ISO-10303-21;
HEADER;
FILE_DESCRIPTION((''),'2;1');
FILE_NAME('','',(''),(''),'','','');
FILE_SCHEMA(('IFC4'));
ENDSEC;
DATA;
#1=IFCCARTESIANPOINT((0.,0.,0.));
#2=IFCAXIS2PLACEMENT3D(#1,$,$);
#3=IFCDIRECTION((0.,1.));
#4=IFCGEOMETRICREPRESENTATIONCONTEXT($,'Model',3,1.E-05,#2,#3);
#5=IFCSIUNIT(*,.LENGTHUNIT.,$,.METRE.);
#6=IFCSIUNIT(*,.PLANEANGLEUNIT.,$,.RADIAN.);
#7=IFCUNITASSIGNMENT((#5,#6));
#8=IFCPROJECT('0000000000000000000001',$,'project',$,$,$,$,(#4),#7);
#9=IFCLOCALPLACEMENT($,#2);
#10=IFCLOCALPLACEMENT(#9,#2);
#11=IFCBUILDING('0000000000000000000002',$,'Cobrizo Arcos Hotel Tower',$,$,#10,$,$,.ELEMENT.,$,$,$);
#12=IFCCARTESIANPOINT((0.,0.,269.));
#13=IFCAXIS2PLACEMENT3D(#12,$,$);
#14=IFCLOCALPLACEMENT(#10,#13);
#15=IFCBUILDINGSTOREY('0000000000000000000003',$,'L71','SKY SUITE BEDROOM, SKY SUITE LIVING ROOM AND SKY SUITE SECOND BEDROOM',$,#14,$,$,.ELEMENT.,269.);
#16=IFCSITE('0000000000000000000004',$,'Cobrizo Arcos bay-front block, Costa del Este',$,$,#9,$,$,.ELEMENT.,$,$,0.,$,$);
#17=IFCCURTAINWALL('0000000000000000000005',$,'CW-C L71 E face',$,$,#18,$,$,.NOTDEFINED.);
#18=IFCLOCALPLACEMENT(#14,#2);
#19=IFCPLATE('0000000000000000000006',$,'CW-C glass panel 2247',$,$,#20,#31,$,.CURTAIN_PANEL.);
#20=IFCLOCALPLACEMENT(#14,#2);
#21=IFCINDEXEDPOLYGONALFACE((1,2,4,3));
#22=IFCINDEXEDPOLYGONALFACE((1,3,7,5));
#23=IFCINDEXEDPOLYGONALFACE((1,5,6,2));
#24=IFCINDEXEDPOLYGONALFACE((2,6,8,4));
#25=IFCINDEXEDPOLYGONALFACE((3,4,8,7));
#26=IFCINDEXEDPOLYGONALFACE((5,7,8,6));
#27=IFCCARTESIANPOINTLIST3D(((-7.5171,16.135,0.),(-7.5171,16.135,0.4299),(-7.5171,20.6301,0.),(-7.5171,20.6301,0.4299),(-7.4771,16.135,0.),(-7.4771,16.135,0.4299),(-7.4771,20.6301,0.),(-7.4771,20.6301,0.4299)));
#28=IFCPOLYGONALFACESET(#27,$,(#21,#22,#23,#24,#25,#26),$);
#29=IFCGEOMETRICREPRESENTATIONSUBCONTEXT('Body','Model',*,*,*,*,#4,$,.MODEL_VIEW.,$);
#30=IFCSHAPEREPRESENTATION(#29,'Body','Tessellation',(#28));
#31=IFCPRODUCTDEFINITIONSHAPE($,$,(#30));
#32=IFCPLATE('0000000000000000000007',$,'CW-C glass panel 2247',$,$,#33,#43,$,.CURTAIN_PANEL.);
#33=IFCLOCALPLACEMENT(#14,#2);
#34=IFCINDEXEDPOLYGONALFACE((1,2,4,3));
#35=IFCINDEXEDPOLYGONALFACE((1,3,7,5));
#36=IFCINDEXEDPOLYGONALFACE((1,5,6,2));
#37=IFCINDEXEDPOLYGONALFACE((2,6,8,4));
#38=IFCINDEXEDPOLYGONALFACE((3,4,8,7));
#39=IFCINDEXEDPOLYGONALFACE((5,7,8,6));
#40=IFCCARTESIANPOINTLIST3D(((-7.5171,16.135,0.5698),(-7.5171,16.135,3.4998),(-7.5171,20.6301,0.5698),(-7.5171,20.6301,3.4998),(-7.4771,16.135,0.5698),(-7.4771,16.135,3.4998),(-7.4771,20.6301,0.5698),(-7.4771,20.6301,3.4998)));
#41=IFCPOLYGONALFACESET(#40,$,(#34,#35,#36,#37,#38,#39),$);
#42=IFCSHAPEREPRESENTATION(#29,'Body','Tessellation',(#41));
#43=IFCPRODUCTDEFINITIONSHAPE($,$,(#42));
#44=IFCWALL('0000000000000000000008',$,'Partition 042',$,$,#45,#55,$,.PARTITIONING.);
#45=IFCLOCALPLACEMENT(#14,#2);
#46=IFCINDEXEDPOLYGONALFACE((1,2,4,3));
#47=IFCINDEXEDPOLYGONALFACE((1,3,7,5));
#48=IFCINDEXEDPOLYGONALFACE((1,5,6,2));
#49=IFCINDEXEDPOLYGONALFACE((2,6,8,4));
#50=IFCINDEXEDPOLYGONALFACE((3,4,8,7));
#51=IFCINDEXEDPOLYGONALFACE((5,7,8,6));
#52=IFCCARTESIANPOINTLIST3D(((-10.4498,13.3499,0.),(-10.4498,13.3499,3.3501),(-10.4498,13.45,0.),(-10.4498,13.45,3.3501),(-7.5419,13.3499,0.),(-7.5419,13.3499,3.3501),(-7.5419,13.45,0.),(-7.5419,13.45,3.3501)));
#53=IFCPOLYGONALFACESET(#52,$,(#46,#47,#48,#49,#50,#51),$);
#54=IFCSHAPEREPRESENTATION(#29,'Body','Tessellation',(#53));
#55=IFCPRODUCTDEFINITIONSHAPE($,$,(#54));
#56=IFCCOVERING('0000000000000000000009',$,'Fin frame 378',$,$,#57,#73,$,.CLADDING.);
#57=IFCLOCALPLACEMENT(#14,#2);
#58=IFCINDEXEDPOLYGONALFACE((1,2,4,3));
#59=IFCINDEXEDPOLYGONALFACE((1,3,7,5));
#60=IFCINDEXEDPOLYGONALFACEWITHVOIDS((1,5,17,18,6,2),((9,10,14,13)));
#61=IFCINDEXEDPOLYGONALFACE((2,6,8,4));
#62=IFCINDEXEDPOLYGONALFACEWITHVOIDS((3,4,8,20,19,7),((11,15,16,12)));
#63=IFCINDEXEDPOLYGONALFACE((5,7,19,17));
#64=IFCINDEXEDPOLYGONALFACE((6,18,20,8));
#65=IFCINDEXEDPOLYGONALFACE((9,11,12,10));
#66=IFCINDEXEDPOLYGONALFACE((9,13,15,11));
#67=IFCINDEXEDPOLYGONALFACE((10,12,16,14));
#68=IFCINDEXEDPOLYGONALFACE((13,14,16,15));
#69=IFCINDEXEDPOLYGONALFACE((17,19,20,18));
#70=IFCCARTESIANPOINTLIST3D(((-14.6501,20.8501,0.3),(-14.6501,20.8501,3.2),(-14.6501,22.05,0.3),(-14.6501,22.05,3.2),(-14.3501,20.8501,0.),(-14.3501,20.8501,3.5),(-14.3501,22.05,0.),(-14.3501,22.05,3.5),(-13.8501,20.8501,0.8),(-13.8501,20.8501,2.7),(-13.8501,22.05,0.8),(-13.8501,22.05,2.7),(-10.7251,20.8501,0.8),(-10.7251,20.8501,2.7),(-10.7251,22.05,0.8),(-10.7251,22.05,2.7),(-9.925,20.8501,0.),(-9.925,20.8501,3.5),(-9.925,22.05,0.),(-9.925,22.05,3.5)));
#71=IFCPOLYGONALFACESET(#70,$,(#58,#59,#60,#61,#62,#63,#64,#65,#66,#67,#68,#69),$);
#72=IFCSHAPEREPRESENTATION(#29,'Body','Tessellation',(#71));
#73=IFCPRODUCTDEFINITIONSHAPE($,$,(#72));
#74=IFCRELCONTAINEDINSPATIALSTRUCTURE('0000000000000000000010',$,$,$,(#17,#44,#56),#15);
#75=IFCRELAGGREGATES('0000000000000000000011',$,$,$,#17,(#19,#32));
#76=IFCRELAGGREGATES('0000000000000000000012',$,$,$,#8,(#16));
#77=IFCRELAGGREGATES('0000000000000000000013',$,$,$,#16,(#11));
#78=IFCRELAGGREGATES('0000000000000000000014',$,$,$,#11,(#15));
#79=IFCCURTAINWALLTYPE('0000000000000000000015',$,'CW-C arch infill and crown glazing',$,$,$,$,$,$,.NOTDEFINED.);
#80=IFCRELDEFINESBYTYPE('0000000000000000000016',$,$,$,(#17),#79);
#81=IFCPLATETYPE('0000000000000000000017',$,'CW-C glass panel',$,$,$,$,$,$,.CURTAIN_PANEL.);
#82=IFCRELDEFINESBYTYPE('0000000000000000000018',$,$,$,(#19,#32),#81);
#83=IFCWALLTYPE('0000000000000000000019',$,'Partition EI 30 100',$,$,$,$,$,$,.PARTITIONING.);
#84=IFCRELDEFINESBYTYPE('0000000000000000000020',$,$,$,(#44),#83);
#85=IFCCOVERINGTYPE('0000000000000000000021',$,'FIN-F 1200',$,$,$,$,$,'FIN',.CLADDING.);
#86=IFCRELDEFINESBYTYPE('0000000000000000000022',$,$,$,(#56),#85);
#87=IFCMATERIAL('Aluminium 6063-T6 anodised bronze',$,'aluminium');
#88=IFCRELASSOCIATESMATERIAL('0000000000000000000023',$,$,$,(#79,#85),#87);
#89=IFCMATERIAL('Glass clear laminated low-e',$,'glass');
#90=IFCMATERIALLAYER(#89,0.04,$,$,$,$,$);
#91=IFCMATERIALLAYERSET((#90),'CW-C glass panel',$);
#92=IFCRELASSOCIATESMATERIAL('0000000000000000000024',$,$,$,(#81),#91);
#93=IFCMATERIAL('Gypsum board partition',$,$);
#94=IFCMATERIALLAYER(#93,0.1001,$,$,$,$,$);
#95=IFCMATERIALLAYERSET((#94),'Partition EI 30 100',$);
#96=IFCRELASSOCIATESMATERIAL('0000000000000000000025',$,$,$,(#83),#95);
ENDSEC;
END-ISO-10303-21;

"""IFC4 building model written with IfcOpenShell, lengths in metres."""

from ifc_helpers import new_model, si_unit, direction, frame, frame_2d, origin, origin_2d, place, context, subcontext, project, spatial, polyline, rectangle, outline, extrude, material, layer, layer_set, type_object, element, aggregate, save


model = new_model("IFC4")

# Units and contexts
model_context = context("Model", 3, precision=1e-05, world=origin(), true_north=direction((0.0, 1.0)))
body_context = subcontext(model_context, "Body", "Model", "MODEL_VIEW")
ifc_project = project(units=[si_unit("LENGTHUNIT", "METRE"), si_unit("PLANEANGLEUNIT", "RADIAN")], contexts=[model_context])

# Site, building, storey
site_placement = place(None, origin())
site = spatial("IfcSite", under=ifc_project, at=site_placement, Name="Cobrizo Arcos bay-front block, Costa del Este", CompositionType="ELEMENT", RefElevation=0.0)
building_placement = place(site_placement, origin())
building = spatial("IfcBuilding", under=site, at=building_placement, Name="Cobrizo Arcos Hotel Tower", CompositionType="ELEMENT")
storey_placement = place(building_placement, frame((0.0, 0.0, 269.0)))
storey = spatial("IfcBuildingStorey", under=building, at=storey_placement, Name="L71", Description="SKY SUITE BEDROOM, SKY SUITE LIVING ROOM AND SKY SUITE SECOND BEDROOM", CompositionType="ELEMENT", Elevation=269.0)

# Curtain wall
ifc_material_1 = material(Name="Aluminium 6063-T6 anodised bronze", Category="aluminium")
curtain_wall_type_1 = type_object("IfcCurtainWallType", Name="CW-C arch infill and crown glazing", PredefinedType="NOTDEFINED", material=ifc_material_1)
curtain_wall_1_placement = place(storey_placement, origin())
curtain_wall_1 = element("IfcCurtainWall", 1, at=curtain_wall_1_placement, inside=storey, type_object=curtain_wall_type_1, Name="CW-C L71 E face", PredefinedType="NOTDEFINED")

# Plates
ifc_material_2 = material(Name="Glass clear laminated low-e", Category="glass")
ifc_layer_1 = layer(ifc_material_2, 0.04)
ifc_layer_set_1 = layer_set([ifc_layer_1], Name="CW-C glass panel")
plate_type_1 = type_object("IfcPlateType", Name="CW-C glass panel", PredefinedType="CURTAIN_PANEL", material=ifc_layer_set_1)
plate_1_placement = place(storey_placement, frame((-7.4971, 18.3826, 0.0), z_axis=(0.0, 0.0, 1.0), x_axis=(0.0, 1.0, 0.0)))
plate_1 = element("IfcPlate", 2, at=plate_1_placement, type_object=plate_type_1, Name="CW-C glass panel 2247", PredefinedType="CURTAIN_PANEL", context=body_context, shape_type="SweptSolid", body=[
    extrude(rectangle(XDim=4.4951, YDim=0.04, at=origin_2d()), origin(), (0.0, 0.0, 1.0), 0.4299),
])
plate_2_placement = place(storey_placement, frame((-7.4971, 18.3826, 0.5698), z_axis=(0.0, 0.0, 1.0), x_axis=(0.0, 1.0, 0.0)))
plate_2 = element("IfcPlate", 3, at=plate_2_placement, type_object=plate_type_1, Name="CW-C glass panel 2247", PredefinedType="CURTAIN_PANEL", context=body_context, shape_type="SweptSolid", body=[
    extrude(rectangle(XDim=4.4951, YDim=0.04, at=origin_2d()), origin(), (0.0, 0.0, 1.0), 2.9299),
])
aggregate(curtain_wall_1, [plate_1, plate_2])

# Wall
ifc_material_3 = material(Name="Gypsum board partition")
ifc_layer_2 = layer(ifc_material_3, 0.1001)
ifc_layer_set_2 = layer_set([ifc_layer_2], Name="Partition EI 30 100")
wall_type = type_object("IfcWallType", Name="Partition EI 30 100", PredefinedType="PARTITIONING", material=ifc_layer_set_2)
wall_placement = place(storey_placement, frame((-10.45, 13.3999, 0.0), z_axis=(0.0, 0.0, 1.0), x_axis=(1.0, 0.0, 0.0)))
element("IfcWall", 4, at=wall_placement, inside=storey, type_object=wall_type, Name="Partition 042", PredefinedType="PARTITIONING", context=body_context, shape_type="SweptSolid", body=[
    extrude(rectangle(XDim=2.908, YDim=0.1001, at=frame_2d((1.4541, 0.0))), origin(), (0.0, 0.0, 1.0), 3.3501),
])

# Covering
covering_type = type_object("IfcCoveringType", Name="FIN-F 1200", ElementType="FIN", PredefinedType="CLADDING", material=ifc_material_1)
covering_placement = place(storey_placement, frame((-9.925, 20.8501, 0.0), z_axis=(0.0, 1.0, 0.0), x_axis=(-1.0, 0.0, 0.0)))
element("IfcCovering", 5, at=covering_placement, inside=storey, type_object=covering_type, Name="Fin frame 378", PredefinedType="CLADDING", context=body_context, shape_type="SweptSolid", body=[
    extrude(outline(polyline([(0.0, 3.5), (0.0, 0.0), (4.425, 0.0), (4.7251, 0.3), (4.7251, 3.2), (4.425, 3.5), (0.0, 3.5)]), holes=[polyline([(3.925, 0.8), (0.8, 0.8), (0.8, 2.7), (3.925, 2.7), (3.925, 0.8)])]), origin(), (0.0, 0.0, 1.0), 1.2),
])

save(model, "model.ifc")
